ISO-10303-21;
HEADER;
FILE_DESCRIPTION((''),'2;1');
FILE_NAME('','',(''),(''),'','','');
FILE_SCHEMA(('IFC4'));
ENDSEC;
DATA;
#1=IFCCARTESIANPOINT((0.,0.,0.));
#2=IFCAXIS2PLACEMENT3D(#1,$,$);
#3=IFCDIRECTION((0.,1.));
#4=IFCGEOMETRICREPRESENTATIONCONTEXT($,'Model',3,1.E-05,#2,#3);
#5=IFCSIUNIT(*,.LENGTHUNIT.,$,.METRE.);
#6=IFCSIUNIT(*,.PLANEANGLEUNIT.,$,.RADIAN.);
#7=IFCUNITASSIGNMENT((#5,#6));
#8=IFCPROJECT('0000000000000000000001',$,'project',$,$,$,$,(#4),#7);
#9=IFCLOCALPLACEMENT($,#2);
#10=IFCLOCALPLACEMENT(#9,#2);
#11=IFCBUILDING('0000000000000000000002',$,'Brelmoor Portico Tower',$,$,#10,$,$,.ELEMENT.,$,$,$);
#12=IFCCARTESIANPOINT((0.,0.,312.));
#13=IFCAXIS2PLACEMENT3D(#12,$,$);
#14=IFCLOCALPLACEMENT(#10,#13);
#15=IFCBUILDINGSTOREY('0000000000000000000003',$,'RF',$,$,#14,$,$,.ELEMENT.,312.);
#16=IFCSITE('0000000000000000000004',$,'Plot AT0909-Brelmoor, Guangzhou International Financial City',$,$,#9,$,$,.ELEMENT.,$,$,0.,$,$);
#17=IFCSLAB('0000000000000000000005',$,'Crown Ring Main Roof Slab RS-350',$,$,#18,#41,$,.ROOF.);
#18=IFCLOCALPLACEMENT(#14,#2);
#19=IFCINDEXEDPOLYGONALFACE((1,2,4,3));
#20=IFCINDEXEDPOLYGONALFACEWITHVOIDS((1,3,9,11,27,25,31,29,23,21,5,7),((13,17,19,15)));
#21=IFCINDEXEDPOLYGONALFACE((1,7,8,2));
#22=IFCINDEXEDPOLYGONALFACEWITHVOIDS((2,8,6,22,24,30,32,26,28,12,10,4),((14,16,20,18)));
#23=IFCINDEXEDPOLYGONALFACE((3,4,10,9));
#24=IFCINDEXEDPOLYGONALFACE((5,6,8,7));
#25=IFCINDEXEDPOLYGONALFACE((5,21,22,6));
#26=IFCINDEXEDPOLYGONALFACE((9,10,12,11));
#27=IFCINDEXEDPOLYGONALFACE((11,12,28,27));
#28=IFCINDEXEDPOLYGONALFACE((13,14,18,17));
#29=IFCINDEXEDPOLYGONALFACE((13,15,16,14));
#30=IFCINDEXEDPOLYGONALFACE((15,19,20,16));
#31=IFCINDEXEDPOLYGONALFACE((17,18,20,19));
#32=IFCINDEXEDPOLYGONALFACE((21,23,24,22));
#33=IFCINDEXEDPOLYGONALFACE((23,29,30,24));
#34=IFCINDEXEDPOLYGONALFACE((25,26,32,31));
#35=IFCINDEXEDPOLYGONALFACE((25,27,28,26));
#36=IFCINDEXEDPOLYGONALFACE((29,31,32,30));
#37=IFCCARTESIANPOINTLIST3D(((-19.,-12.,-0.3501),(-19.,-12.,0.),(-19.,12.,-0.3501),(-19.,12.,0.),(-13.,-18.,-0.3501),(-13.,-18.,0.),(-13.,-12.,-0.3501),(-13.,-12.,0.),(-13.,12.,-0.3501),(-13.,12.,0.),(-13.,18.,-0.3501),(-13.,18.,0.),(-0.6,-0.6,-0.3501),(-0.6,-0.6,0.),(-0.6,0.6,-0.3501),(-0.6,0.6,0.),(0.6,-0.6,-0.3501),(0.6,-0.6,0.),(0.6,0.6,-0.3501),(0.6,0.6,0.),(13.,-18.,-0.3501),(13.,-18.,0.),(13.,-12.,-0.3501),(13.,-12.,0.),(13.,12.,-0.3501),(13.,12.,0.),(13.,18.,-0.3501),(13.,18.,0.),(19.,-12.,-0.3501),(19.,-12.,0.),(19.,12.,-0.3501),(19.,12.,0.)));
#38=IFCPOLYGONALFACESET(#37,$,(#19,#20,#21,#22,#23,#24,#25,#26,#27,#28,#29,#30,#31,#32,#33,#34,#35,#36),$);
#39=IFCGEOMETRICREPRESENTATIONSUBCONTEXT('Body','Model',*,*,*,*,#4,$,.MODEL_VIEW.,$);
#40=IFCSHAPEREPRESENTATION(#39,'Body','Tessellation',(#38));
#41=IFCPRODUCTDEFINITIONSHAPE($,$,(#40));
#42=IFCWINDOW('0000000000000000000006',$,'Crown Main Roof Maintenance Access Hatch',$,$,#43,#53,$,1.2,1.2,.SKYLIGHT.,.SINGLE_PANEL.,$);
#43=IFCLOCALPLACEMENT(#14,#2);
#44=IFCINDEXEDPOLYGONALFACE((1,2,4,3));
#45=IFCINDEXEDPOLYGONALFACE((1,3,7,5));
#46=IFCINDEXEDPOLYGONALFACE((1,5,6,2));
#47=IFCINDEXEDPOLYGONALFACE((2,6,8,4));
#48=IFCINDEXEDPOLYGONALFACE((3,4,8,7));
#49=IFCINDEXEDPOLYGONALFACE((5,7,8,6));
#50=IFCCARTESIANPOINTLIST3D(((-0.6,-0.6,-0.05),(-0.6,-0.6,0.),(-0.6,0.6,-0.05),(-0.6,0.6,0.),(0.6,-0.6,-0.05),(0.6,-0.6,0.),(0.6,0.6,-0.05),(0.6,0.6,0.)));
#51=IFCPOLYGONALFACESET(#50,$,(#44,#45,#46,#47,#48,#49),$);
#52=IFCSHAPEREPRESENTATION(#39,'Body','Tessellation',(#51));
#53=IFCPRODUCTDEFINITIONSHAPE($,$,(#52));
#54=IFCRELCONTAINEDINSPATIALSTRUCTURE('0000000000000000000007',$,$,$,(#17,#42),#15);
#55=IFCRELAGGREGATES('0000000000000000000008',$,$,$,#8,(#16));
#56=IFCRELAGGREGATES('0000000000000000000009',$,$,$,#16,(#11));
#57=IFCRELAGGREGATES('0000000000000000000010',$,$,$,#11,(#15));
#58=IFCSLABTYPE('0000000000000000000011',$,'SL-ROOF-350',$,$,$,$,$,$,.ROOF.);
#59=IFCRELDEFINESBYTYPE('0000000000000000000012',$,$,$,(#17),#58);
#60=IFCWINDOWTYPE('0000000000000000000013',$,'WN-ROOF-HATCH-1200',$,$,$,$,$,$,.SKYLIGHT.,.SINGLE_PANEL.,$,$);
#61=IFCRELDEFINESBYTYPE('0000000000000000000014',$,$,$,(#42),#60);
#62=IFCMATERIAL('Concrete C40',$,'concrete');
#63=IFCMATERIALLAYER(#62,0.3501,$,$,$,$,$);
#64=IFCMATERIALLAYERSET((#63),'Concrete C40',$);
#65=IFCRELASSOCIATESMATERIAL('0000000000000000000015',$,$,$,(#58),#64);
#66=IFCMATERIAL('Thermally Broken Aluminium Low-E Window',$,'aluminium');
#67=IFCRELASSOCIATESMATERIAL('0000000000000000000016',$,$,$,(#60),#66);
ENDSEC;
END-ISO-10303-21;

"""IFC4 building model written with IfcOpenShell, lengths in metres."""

from ifc_helpers import new_model, si_unit, direction, frame, origin, origin_2d, place, context, subcontext, project, spatial, polyline, rectangle, outline, extrude, material, layer, layer_set, type_object, element, fill, save


model = new_model("IFC4")

# Units and contexts
model_context = context("Model", 3, precision=1e-05, world=origin(), true_north=direction((0.0, 1.0)))
body_context = subcontext(model_context, "Body", "Model", "MODEL_VIEW")
ifc_project = project(units=[si_unit("LENGTHUNIT", "METRE"), si_unit("PLANEANGLEUNIT", "RADIAN")], contexts=[model_context])

# Site, building, storey
site_placement = place(None, origin())
site = spatial("IfcSite", under=ifc_project, at=site_placement, Name="Plot AT0909-Brelmoor, Guangzhou International Financial City", CompositionType="ELEMENT", RefElevation=0.0)
building_placement = place(site_placement, origin())
building = spatial("IfcBuilding", under=site, at=building_placement, Name="Brelmoor Portico Tower", CompositionType="ELEMENT")
storey_placement = place(building_placement, frame((0.0, 0.0, 312.0)))
storey = spatial("IfcBuildingStorey", under=building, at=storey_placement, Name="RF", CompositionType="ELEMENT", Elevation=312.0)

# Slab, opening, window
ifc_material_1 = material(Name="Concrete C40", Category="concrete")
ifc_layer = layer(ifc_material_1, 0.3501)
ifc_layer_set = layer_set([ifc_layer], Name="Concrete C40")
slab_type = type_object("IfcSlabType", Name="SL-ROOF-350", PredefinedType="ROOF", material=ifc_layer_set)
slab_placement = place(storey_placement, frame((0.0, 0.0, -0.3501)))
slab = element("IfcSlab", 1, at=slab_placement, inside=storey, type_object=slab_type, Name="Crown Ring Main Roof Slab RS-350", PredefinedType="ROOF", context=body_context, shape_type="SweptSolid", body=[
    extrude(outline(polyline([(-13.0, -18.0), (13.0, -18.0), (13.0, -12.0), (19.0, -12.0), (19.0, 12.0), (13.0, 12.0), (13.0, 18.0), (-13.0, 18.0), (-13.0, 12.0), (-19.0, 12.0), (-19.0, -12.0), (-13.0, -12.0), (-13.0, -18.0)])), origin(), (0.0, 0.0, 1.0), 0.3501),
])
opening_placement = place(slab_placement, origin())
opening = element("IfcOpeningElement", 2, at=opening_placement, cuts=slab, PredefinedType="OPENING", context=body_context, shape_type="SweptSolid", body=[
    extrude(rectangle(XDim=1.2, YDim=1.2, at=origin_2d()), origin(), (0.0, 0.0, 1.0), 0.3501),
])
ifc_material_2 = material(Name="Thermally Broken Aluminium Low-E Window", Category="aluminium")
window_type = type_object("IfcWindowType", Name="WN-ROOF-HATCH-1200", PartitioningType="SINGLE_PANEL", PredefinedType="SKYLIGHT", material=ifc_material_2)
window_placement = place(opening_placement, frame((0.0, 0.0, 0.3)))
window = element("IfcWindow", 3, at=window_placement, inside=storey, type_object=window_type, Name="Crown Main Roof Maintenance Access Hatch", OverallHeight=1.2, OverallWidth=1.2, PartitioningType="SINGLE_PANEL", PredefinedType="SKYLIGHT", context=body_context, shape_type="SweptSolid", body=[
    extrude(rectangle(XDim=1.2, YDim=1.2, at=origin_2d()), origin(), (0.0, 0.0, 1.0), 0.05),
])
fill(opening, window)

save(model, "model.ifc")
